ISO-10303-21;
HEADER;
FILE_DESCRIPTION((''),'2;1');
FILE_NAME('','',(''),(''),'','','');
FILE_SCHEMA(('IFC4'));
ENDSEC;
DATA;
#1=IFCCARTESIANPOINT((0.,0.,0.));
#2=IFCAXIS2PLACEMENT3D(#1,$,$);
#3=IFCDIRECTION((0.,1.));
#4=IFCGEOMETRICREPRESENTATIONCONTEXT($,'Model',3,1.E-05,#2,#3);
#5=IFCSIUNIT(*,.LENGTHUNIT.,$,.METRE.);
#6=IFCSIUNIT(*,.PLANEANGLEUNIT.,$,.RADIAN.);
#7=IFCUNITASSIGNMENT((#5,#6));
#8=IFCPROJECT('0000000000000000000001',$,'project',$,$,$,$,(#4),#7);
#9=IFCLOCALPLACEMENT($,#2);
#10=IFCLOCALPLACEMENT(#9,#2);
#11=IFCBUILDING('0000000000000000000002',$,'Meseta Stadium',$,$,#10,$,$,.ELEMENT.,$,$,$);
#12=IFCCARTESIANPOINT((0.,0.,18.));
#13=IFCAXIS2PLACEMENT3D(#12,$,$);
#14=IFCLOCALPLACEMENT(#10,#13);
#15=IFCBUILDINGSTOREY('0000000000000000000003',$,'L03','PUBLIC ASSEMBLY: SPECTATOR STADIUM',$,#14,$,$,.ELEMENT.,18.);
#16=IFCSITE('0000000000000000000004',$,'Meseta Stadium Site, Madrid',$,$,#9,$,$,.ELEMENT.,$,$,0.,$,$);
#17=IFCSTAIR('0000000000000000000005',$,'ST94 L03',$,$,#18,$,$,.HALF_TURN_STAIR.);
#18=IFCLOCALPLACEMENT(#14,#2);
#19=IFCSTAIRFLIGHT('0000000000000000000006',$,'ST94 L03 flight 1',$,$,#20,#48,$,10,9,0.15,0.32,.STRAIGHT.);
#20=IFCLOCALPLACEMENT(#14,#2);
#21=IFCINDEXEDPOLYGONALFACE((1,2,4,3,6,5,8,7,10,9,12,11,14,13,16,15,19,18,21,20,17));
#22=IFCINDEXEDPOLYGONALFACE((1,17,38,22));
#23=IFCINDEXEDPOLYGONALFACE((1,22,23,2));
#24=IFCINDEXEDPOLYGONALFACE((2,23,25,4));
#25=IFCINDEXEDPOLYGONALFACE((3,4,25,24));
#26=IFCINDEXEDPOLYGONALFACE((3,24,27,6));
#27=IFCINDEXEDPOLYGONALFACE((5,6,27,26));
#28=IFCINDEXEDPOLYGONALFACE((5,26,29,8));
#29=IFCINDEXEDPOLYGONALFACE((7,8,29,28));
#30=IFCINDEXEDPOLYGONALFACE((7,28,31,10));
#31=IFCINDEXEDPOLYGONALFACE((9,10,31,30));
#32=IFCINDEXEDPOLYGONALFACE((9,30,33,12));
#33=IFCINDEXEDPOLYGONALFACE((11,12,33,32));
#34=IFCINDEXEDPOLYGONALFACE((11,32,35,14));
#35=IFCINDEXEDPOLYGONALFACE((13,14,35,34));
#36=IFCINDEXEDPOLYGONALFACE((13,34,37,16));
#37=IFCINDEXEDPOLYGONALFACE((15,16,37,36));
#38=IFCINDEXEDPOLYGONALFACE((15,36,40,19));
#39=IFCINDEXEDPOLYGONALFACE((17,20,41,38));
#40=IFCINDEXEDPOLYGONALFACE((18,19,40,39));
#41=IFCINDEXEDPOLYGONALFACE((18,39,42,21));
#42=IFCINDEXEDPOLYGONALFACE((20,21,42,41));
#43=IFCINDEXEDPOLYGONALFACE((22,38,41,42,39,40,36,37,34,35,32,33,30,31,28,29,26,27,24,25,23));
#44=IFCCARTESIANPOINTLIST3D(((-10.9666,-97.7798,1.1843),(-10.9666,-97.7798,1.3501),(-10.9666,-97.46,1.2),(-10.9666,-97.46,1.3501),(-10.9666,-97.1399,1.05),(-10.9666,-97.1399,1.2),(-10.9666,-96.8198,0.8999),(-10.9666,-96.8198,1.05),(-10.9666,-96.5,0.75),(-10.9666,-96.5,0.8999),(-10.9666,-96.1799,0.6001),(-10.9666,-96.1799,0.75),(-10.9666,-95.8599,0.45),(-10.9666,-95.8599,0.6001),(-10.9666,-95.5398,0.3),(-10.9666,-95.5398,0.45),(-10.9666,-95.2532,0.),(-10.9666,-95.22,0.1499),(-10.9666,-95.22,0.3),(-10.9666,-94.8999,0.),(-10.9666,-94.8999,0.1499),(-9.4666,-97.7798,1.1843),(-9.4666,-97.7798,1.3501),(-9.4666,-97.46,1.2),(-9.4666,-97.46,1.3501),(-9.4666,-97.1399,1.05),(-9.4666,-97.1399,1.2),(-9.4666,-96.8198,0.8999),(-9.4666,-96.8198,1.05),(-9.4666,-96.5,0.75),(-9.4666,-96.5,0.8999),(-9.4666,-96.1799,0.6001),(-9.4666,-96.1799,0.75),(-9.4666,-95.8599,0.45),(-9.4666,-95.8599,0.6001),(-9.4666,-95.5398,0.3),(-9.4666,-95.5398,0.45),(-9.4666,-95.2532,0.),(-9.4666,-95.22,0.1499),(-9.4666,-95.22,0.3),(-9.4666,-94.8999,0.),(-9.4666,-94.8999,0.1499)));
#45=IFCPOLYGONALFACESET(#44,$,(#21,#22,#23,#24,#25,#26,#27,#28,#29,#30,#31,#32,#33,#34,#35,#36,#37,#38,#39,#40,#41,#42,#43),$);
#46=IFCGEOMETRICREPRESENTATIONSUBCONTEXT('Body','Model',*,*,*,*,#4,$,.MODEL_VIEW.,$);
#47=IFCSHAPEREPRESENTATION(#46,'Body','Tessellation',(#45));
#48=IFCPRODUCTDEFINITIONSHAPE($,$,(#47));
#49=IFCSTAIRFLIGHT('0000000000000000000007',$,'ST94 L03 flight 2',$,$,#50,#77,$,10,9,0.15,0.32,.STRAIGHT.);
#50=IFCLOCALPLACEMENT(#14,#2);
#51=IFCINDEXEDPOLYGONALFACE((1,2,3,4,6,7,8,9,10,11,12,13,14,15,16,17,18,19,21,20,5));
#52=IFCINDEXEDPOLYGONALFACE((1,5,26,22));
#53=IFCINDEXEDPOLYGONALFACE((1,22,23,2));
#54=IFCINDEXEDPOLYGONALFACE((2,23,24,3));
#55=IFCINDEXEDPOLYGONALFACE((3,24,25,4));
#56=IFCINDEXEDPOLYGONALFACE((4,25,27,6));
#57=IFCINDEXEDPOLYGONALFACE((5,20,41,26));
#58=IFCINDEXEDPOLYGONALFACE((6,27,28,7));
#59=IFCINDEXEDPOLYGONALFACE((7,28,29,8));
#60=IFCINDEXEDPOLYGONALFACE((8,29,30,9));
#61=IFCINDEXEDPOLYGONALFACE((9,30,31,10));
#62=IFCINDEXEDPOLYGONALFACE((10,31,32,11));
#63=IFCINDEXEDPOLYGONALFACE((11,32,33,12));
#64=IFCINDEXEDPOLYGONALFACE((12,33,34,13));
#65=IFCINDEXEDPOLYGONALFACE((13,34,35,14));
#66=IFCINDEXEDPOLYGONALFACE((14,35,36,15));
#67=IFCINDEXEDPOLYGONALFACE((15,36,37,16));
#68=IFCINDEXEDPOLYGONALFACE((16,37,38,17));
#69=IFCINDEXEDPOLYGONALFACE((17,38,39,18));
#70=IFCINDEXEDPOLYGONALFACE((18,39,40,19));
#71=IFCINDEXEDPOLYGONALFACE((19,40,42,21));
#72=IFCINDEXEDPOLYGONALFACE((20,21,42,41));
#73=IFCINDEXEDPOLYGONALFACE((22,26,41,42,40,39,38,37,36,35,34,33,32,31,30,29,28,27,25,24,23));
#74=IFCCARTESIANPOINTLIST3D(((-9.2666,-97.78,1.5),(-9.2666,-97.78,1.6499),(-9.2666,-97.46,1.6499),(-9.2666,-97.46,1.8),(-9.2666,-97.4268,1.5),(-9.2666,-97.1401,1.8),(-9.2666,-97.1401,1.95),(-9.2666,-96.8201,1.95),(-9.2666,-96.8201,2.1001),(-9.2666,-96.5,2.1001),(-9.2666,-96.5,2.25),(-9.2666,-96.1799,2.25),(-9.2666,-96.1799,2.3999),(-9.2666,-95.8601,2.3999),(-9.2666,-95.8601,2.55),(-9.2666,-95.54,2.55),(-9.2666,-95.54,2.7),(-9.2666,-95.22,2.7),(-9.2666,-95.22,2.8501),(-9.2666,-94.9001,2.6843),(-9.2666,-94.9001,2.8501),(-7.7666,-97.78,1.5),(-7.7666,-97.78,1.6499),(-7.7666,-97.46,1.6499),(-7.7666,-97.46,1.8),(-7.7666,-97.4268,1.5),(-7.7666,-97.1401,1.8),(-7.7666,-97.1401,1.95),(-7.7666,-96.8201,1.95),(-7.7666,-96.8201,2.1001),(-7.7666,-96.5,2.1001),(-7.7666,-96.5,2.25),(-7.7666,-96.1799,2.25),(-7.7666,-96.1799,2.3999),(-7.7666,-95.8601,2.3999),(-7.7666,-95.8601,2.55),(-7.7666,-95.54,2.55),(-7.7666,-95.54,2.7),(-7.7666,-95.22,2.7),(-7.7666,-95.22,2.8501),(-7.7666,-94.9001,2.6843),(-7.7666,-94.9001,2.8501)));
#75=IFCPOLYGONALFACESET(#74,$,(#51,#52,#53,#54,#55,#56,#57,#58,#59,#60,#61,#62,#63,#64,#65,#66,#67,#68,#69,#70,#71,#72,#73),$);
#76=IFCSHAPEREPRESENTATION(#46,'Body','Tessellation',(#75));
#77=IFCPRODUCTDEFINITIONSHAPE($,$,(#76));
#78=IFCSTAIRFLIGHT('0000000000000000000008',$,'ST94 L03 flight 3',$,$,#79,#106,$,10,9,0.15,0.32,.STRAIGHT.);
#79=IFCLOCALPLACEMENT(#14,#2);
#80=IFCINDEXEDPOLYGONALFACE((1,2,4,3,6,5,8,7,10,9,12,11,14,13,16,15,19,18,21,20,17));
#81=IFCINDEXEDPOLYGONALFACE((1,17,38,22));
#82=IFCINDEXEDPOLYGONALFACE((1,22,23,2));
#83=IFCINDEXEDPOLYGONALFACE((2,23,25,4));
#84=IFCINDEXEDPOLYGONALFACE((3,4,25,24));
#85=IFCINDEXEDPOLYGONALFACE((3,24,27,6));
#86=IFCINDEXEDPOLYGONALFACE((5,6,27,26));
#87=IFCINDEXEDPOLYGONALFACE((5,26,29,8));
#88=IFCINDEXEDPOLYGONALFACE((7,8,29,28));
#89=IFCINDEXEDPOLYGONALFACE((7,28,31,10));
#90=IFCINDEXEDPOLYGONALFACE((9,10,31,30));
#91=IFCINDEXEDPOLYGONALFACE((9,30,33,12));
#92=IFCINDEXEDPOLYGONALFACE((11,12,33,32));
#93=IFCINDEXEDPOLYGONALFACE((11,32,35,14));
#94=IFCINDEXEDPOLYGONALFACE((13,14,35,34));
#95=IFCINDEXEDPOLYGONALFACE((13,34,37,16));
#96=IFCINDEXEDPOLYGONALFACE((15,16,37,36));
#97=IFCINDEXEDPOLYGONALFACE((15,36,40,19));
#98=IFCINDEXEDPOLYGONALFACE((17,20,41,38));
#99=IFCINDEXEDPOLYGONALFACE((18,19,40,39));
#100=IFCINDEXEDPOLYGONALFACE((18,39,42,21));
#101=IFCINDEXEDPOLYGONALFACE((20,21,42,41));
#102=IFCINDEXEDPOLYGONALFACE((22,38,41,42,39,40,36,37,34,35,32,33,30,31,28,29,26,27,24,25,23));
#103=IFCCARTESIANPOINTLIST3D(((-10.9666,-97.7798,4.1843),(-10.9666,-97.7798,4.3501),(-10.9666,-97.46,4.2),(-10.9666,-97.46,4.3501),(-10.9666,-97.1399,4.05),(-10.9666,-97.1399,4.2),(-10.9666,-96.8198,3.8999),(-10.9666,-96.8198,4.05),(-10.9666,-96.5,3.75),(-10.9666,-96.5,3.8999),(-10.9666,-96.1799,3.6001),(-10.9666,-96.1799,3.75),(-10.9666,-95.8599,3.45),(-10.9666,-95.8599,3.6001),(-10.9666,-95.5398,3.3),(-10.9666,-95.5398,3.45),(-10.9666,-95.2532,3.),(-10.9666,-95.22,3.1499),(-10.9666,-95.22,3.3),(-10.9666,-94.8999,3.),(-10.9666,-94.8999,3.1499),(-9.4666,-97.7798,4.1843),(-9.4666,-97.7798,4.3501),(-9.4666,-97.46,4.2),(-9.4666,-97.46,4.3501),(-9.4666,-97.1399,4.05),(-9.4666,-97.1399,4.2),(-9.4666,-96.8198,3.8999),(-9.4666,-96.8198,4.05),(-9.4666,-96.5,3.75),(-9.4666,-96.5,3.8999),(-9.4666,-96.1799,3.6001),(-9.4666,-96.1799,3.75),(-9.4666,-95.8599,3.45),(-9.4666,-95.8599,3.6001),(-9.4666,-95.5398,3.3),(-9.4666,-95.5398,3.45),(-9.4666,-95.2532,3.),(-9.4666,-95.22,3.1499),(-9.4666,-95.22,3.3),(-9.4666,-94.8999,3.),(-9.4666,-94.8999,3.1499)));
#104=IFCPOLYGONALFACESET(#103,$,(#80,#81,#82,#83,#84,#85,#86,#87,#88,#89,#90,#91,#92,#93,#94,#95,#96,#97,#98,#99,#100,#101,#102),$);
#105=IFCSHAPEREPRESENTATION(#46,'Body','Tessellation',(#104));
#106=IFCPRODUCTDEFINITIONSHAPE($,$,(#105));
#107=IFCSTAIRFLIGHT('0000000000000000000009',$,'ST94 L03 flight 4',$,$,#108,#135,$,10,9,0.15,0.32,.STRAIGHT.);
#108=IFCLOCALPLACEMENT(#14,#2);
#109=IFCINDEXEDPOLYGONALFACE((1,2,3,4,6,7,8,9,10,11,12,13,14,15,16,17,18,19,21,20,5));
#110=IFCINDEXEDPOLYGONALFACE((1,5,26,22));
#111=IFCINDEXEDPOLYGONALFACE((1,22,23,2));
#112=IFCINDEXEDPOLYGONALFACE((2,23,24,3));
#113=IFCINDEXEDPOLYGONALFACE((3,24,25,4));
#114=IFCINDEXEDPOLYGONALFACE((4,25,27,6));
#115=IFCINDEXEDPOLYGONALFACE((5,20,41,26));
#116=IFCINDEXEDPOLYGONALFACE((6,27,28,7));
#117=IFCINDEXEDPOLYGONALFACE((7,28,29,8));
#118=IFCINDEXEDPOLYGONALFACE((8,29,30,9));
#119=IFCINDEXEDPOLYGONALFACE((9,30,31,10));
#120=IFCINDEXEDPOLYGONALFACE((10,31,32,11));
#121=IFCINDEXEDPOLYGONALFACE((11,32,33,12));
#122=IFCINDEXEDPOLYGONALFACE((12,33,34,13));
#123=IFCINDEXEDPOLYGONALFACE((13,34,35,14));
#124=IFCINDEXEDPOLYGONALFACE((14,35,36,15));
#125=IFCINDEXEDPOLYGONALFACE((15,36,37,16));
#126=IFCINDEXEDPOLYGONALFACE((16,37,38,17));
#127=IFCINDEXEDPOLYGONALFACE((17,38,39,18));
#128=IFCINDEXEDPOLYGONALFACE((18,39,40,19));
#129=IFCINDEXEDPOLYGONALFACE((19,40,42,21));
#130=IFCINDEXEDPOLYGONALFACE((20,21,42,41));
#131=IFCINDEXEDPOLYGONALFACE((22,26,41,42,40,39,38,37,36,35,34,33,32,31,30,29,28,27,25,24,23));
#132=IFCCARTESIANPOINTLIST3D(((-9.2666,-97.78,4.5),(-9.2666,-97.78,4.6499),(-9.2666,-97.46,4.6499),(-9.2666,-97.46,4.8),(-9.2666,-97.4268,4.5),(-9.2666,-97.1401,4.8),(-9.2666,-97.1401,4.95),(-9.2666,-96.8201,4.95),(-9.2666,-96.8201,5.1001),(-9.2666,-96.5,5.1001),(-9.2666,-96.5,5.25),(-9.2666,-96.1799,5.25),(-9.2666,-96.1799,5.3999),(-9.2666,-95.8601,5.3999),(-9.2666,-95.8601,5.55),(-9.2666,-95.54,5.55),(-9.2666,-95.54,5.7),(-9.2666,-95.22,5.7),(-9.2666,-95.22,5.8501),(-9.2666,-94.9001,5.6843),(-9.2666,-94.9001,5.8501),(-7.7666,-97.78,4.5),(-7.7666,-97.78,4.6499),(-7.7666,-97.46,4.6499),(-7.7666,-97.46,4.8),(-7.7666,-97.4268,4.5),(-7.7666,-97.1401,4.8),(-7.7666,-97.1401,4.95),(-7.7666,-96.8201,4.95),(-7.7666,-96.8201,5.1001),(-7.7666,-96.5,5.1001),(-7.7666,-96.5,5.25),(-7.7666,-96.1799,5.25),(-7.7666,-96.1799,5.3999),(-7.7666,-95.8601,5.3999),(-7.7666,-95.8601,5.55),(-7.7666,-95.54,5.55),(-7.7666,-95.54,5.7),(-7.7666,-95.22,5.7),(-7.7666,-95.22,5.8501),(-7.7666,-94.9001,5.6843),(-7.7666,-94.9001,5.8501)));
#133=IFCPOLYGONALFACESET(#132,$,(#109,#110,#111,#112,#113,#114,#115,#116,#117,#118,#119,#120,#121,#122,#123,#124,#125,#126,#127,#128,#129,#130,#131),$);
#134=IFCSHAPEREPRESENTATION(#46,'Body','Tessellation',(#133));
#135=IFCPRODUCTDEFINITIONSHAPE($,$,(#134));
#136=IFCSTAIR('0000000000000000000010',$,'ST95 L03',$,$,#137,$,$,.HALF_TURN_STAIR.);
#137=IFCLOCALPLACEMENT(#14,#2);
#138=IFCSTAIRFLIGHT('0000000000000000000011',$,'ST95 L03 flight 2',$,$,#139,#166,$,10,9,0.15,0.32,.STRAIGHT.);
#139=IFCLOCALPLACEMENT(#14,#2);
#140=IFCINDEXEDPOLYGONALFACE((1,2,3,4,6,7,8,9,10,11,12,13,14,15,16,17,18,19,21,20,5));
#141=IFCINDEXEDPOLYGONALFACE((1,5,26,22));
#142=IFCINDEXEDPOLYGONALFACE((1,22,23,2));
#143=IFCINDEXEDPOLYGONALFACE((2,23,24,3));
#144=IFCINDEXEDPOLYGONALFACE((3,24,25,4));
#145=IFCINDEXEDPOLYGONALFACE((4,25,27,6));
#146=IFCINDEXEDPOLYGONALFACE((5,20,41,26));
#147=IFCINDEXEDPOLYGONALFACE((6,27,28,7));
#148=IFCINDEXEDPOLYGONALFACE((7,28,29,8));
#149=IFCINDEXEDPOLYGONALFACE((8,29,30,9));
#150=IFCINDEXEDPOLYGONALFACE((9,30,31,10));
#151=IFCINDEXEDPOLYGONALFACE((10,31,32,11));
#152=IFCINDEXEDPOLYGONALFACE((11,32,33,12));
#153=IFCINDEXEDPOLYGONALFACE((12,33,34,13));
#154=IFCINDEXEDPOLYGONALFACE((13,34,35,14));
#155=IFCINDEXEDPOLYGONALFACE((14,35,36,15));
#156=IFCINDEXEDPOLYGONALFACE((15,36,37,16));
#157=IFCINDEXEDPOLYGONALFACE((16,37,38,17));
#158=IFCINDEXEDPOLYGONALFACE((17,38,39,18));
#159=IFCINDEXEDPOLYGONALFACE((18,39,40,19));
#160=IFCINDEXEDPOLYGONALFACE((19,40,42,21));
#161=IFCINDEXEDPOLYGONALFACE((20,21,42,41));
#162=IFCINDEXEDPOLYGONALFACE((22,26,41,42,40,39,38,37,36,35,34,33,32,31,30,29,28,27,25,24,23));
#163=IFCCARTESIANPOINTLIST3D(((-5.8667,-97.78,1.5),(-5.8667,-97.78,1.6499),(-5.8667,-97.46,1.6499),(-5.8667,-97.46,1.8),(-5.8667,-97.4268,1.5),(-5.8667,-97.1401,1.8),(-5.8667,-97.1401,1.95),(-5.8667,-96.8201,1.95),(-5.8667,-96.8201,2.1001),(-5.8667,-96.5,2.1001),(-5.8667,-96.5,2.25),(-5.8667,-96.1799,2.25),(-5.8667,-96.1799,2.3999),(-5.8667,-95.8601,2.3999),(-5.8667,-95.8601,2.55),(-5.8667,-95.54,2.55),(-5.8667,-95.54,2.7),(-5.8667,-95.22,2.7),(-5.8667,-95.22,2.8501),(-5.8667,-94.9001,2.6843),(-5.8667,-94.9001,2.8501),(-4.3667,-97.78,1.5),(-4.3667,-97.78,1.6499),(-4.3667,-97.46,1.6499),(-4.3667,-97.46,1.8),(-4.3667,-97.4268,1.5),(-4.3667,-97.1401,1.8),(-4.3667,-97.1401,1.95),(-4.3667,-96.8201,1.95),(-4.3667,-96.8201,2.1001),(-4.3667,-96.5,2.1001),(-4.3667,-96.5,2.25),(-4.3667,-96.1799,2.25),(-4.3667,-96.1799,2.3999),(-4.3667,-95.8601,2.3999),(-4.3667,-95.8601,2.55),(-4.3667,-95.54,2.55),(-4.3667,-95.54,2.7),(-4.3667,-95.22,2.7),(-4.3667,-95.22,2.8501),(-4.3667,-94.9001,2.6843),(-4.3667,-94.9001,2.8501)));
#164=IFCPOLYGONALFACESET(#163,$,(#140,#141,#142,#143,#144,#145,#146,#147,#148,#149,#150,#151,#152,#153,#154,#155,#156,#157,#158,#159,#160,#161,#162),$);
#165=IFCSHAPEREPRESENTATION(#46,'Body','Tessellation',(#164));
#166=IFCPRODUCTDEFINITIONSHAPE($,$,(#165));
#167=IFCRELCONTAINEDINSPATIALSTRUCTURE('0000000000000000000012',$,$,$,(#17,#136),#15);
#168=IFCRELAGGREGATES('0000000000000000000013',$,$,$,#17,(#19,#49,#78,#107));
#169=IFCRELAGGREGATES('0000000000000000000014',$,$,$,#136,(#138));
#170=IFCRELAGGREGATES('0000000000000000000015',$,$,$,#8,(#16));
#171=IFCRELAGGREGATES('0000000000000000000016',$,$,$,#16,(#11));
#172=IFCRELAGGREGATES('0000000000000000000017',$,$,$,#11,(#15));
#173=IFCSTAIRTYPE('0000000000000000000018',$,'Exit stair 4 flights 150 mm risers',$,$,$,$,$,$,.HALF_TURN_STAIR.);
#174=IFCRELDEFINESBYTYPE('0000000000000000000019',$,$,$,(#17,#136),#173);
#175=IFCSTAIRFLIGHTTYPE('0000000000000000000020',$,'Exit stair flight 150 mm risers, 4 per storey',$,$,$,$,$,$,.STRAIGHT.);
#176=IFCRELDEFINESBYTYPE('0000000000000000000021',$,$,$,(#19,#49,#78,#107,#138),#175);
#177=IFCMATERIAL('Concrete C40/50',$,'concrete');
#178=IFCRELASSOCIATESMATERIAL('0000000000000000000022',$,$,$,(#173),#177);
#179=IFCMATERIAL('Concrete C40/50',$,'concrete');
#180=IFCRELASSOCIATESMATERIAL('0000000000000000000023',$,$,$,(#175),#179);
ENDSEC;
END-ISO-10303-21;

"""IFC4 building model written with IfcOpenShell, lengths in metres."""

from ifc_helpers import new_model, si_unit, direction, frame, origin, place, context, subcontext, project, spatial, polyline, outline, extrude, material, type_object, element, aggregate, save


model = new_model("IFC4")

# Units and contexts
model_context = context("Model", 3, precision=1e-05, world=origin(), true_north=direction((0.0, 1.0)))
body_context = subcontext(model_context, "Body", "Model", "MODEL_VIEW")
ifc_project = project(units=[si_unit("LENGTHUNIT", "METRE"), si_unit("PLANEANGLEUNIT", "RADIAN")], contexts=[model_context])

# Site, building, storey
site_placement = place(None, origin())
site = spatial("IfcSite", under=ifc_project, at=site_placement, Name="Meseta Stadium Site, Madrid", CompositionType="ELEMENT", RefElevation=0.0)
building_placement = place(site_placement, origin())
building = spatial("IfcBuilding", under=site, at=building_placement, Name="Meseta Stadium", CompositionType="ELEMENT")
storey_placement = place(building_placement, frame((0.0, 0.0, 18.0)))
storey = spatial("IfcBuildingStorey", under=building, at=storey_placement, Name="L03", Description="PUBLIC ASSEMBLY: SPECTATOR STADIUM", CompositionType="ELEMENT", Elevation=18.0)

# Stairs, stair flights
ifc_material_1 = material(Name="Concrete C40/50", Category="concrete")
stair_type = type_object("IfcStairType", Name="Exit stair 4 flights 150 mm risers", PredefinedType="HALF_TURN_STAIR", material=ifc_material_1)
stair_1_placement = place(storey_placement, origin())
stair_1 = element("IfcStair", 1, at=stair_1_placement, inside=storey, type_object=stair_type, Name="ST94 L03", PredefinedType="HALF_TURN_STAIR")
ifc_material_2 = material(Name="Concrete C40/50", Category="concrete")
stair_flight_type = type_object("IfcStairFlightType", Name="Exit stair flight 150 mm risers, 4 per storey", PredefinedType="STRAIGHT", material=ifc_material_2)
stair_flight_1_placement = place(storey_placement, frame((-10.2166, -94.8999, 0.0), z_axis=(0.0, 0.0, 1.0), x_axis=(0.0, -1.0, 0.0)))
stair_flight_1 = element("IfcStairFlight", 2, at=stair_flight_1_placement, type_object=stair_flight_type, Name="ST94 L03 flight 1", NumberOfRisers=10, NumberOfTreads=9, PredefinedType="STRAIGHT", RiserHeight=0.15, TreadLength=0.32, context=body_context, shape_type="SweptSolid", body=[
    extrude(outline(polyline([(0.0, 0.0), (0.0, 0.1499), (0.3201, 0.1499), (0.3201, 0.3), (0.6399, 0.3), (0.6399, 0.45), (0.96, 0.45), (0.96, 0.6001), (1.28, 0.6001), (1.28, 0.75), (1.6001, 0.75), (1.6001, 0.8999), (1.9199, 0.8999), (1.9199, 1.05), (2.24, 1.05), (2.24, 1.2), (2.5601, 1.2), (2.5601, 1.3501), (2.8799, 1.3501), (2.8799, 1.1843), (0.3533, 0.0), (0.0, 0.0)])), frame((0.0, 0.75, 0.0), z_axis=(0.0, -1.0, 0.0), x_axis=(1.0, 0.0, 0.0)), (0.0, 0.0, 1.0), 1.5),
])
stair_flight_2_placement = place(storey_placement, frame((-8.5166, -97.78, 1.5), z_axis=(0.0, 0.0, 1.0), x_axis=(0.0, 1.0, 0.0)))
stair_flight_2 = element("IfcStairFlight", 3, at=stair_flight_2_placement, type_object=stair_flight_type, Name="ST94 L03 flight 2", NumberOfRisers=10, NumberOfTreads=9, PredefinedType="STRAIGHT", RiserHeight=0.15, TreadLength=0.32, context=body_context, shape_type="SweptSolid", body=[
    extrude(outline(polyline([(0.0, 0.0), (0.0, 0.1499), (0.3201, 0.1499), (0.3201, 0.3), (0.6399, 0.3), (0.6399, 0.45), (0.96, 0.45), (0.96, 0.6001), (1.28, 0.6001), (1.28, 0.75), (1.6001, 0.75), (1.6001, 0.8999), (1.9199, 0.8999), (1.9199, 1.05), (2.24, 1.05), (2.24, 1.2), (2.5601, 1.2), (2.5601, 1.3501), (2.8799, 1.3501), (2.8799, 1.1843), (0.3533, 0.0), (0.0, 0.0)])), frame((0.0, 0.75, 0.0), z_axis=(0.0, -1.0, 0.0), x_axis=(1.0, 0.0, 0.0)), (0.0, 0.0, 1.0), 1.5),
])
stair_flight_3_placement = place(storey_placement, frame((-10.2166, -94.8999, 3.0), z_axis=(0.0, 0.0, 1.0), x_axis=(0.0, -1.0, 0.0)))
stair_flight_3 = element("IfcStairFlight", 4, at=stair_flight_3_placement, type_object=stair_flight_type, Name="ST94 L03 flight 3", NumberOfRisers=10, NumberOfTreads=9, PredefinedType="STRAIGHT", RiserHeight=0.15, TreadLength=0.32, context=body_context, shape_type="SweptSolid", body=[
    extrude(outline(polyline([(0.0, 0.0), (0.0, 0.1499), (0.3201, 0.1499), (0.3201, 0.3), (0.6399, 0.3), (0.6399, 0.45), (0.96, 0.45), (0.96, 0.6001), (1.28, 0.6001), (1.28, 0.75), (1.6001, 0.75), (1.6001, 0.8999), (1.9199, 0.8999), (1.9199, 1.05), (2.24, 1.05), (2.24, 1.2), (2.5601, 1.2), (2.5601, 1.3501), (2.8799, 1.3501), (2.8799, 1.1843), (0.3533, 0.0), (0.0, 0.0)])), frame((0.0, 0.75, 0.0), z_axis=(0.0, -1.0, 0.0), x_axis=(1.0, 0.0, 0.0)), (0.0, 0.0, 1.0), 1.5),
])
stair_flight_4_placement = place(storey_placement, frame((-8.5166, -97.78, 4.5), z_axis=(0.0, 0.0, 1.0), x_axis=(0.0, 1.0, 0.0)))
stair_flight_4 = element("IfcStairFlight", 5, at=stair_flight_4_placement, type_object=stair_flight_type, Name="ST94 L03 flight 4", NumberOfRisers=10, NumberOfTreads=9, PredefinedType="STRAIGHT", RiserHeight=0.15, TreadLength=0.32, context=body_context, shape_type="SweptSolid", body=[
    extrude(outline(polyline([(0.0, 0.0), (0.0, 0.1499), (0.3201, 0.1499), (0.3201, 0.3), (0.6399, 0.3), (0.6399, 0.45), (0.96, 0.45), (0.96, 0.6001), (1.28, 0.6001), (1.28, 0.75), (1.6001, 0.75), (1.6001, 0.8999), (1.9199, 0.8999), (1.9199, 1.05), (2.24, 1.05), (2.24, 1.2), (2.5601, 1.2), (2.5601, 1.3501), (2.8799, 1.3501), (2.8799, 1.1843), (0.3533, 0.0), (0.0, 0.0)])), frame((0.0, 0.75, 0.0), z_axis=(0.0, -1.0, 0.0), x_axis=(1.0, 0.0, 0.0)), (0.0, 0.0, 1.0), 1.5),
])
aggregate(stair_1, [stair_flight_1, stair_flight_2, stair_flight_3, stair_flight_4])
stair_2_placement = place(storey_placement, origin())
stair_2 = element("IfcStair", 6, at=stair_2_placement, inside=storey, type_object=stair_type, Name="ST95 L03", PredefinedType="HALF_TURN_STAIR")
stair_flight_5_placement = place(storey_placement, frame((-5.1167, -97.78, 1.5), z_axis=(0.0, 0.0, 1.0), x_axis=(0.0, 1.0, 0.0)))
stair_flight_5 = element("IfcStairFlight", 7, at=stair_flight_5_placement, type_object=stair_flight_type, Name="ST95 L03 flight 2", NumberOfRisers=10, NumberOfTreads=9, PredefinedType="STRAIGHT", RiserHeight=0.15, TreadLength=0.32, context=body_context, shape_type="SweptSolid", body=[
    extrude(outline(polyline([(0.0, 0.0), (0.0, 0.1499), (0.3201, 0.1499), (0.3201, 0.3), (0.6399, 0.3), (0.6399, 0.45), (0.96, 0.45), (0.96, 0.6001), (1.28, 0.6001), (1.28, 0.75), (1.6001, 0.75), (1.6001, 0.8999), (1.9199, 0.8999), (1.9199, 1.05), (2.24, 1.05), (2.24, 1.2), (2.5601, 1.2), (2.5601, 1.3501), (2.8799, 1.3501), (2.8799, 1.1843), (0.3533, 0.0), (0.0, 0.0)])), frame((0.0, 0.75, 0.0), z_axis=(0.0, -1.0, 0.0), x_axis=(1.0, 0.0, 0.0)), (0.0, 0.0, 1.0), 1.5),
])
aggregate(stair_2, [stair_flight_5])

save(model, "model.ifc")
